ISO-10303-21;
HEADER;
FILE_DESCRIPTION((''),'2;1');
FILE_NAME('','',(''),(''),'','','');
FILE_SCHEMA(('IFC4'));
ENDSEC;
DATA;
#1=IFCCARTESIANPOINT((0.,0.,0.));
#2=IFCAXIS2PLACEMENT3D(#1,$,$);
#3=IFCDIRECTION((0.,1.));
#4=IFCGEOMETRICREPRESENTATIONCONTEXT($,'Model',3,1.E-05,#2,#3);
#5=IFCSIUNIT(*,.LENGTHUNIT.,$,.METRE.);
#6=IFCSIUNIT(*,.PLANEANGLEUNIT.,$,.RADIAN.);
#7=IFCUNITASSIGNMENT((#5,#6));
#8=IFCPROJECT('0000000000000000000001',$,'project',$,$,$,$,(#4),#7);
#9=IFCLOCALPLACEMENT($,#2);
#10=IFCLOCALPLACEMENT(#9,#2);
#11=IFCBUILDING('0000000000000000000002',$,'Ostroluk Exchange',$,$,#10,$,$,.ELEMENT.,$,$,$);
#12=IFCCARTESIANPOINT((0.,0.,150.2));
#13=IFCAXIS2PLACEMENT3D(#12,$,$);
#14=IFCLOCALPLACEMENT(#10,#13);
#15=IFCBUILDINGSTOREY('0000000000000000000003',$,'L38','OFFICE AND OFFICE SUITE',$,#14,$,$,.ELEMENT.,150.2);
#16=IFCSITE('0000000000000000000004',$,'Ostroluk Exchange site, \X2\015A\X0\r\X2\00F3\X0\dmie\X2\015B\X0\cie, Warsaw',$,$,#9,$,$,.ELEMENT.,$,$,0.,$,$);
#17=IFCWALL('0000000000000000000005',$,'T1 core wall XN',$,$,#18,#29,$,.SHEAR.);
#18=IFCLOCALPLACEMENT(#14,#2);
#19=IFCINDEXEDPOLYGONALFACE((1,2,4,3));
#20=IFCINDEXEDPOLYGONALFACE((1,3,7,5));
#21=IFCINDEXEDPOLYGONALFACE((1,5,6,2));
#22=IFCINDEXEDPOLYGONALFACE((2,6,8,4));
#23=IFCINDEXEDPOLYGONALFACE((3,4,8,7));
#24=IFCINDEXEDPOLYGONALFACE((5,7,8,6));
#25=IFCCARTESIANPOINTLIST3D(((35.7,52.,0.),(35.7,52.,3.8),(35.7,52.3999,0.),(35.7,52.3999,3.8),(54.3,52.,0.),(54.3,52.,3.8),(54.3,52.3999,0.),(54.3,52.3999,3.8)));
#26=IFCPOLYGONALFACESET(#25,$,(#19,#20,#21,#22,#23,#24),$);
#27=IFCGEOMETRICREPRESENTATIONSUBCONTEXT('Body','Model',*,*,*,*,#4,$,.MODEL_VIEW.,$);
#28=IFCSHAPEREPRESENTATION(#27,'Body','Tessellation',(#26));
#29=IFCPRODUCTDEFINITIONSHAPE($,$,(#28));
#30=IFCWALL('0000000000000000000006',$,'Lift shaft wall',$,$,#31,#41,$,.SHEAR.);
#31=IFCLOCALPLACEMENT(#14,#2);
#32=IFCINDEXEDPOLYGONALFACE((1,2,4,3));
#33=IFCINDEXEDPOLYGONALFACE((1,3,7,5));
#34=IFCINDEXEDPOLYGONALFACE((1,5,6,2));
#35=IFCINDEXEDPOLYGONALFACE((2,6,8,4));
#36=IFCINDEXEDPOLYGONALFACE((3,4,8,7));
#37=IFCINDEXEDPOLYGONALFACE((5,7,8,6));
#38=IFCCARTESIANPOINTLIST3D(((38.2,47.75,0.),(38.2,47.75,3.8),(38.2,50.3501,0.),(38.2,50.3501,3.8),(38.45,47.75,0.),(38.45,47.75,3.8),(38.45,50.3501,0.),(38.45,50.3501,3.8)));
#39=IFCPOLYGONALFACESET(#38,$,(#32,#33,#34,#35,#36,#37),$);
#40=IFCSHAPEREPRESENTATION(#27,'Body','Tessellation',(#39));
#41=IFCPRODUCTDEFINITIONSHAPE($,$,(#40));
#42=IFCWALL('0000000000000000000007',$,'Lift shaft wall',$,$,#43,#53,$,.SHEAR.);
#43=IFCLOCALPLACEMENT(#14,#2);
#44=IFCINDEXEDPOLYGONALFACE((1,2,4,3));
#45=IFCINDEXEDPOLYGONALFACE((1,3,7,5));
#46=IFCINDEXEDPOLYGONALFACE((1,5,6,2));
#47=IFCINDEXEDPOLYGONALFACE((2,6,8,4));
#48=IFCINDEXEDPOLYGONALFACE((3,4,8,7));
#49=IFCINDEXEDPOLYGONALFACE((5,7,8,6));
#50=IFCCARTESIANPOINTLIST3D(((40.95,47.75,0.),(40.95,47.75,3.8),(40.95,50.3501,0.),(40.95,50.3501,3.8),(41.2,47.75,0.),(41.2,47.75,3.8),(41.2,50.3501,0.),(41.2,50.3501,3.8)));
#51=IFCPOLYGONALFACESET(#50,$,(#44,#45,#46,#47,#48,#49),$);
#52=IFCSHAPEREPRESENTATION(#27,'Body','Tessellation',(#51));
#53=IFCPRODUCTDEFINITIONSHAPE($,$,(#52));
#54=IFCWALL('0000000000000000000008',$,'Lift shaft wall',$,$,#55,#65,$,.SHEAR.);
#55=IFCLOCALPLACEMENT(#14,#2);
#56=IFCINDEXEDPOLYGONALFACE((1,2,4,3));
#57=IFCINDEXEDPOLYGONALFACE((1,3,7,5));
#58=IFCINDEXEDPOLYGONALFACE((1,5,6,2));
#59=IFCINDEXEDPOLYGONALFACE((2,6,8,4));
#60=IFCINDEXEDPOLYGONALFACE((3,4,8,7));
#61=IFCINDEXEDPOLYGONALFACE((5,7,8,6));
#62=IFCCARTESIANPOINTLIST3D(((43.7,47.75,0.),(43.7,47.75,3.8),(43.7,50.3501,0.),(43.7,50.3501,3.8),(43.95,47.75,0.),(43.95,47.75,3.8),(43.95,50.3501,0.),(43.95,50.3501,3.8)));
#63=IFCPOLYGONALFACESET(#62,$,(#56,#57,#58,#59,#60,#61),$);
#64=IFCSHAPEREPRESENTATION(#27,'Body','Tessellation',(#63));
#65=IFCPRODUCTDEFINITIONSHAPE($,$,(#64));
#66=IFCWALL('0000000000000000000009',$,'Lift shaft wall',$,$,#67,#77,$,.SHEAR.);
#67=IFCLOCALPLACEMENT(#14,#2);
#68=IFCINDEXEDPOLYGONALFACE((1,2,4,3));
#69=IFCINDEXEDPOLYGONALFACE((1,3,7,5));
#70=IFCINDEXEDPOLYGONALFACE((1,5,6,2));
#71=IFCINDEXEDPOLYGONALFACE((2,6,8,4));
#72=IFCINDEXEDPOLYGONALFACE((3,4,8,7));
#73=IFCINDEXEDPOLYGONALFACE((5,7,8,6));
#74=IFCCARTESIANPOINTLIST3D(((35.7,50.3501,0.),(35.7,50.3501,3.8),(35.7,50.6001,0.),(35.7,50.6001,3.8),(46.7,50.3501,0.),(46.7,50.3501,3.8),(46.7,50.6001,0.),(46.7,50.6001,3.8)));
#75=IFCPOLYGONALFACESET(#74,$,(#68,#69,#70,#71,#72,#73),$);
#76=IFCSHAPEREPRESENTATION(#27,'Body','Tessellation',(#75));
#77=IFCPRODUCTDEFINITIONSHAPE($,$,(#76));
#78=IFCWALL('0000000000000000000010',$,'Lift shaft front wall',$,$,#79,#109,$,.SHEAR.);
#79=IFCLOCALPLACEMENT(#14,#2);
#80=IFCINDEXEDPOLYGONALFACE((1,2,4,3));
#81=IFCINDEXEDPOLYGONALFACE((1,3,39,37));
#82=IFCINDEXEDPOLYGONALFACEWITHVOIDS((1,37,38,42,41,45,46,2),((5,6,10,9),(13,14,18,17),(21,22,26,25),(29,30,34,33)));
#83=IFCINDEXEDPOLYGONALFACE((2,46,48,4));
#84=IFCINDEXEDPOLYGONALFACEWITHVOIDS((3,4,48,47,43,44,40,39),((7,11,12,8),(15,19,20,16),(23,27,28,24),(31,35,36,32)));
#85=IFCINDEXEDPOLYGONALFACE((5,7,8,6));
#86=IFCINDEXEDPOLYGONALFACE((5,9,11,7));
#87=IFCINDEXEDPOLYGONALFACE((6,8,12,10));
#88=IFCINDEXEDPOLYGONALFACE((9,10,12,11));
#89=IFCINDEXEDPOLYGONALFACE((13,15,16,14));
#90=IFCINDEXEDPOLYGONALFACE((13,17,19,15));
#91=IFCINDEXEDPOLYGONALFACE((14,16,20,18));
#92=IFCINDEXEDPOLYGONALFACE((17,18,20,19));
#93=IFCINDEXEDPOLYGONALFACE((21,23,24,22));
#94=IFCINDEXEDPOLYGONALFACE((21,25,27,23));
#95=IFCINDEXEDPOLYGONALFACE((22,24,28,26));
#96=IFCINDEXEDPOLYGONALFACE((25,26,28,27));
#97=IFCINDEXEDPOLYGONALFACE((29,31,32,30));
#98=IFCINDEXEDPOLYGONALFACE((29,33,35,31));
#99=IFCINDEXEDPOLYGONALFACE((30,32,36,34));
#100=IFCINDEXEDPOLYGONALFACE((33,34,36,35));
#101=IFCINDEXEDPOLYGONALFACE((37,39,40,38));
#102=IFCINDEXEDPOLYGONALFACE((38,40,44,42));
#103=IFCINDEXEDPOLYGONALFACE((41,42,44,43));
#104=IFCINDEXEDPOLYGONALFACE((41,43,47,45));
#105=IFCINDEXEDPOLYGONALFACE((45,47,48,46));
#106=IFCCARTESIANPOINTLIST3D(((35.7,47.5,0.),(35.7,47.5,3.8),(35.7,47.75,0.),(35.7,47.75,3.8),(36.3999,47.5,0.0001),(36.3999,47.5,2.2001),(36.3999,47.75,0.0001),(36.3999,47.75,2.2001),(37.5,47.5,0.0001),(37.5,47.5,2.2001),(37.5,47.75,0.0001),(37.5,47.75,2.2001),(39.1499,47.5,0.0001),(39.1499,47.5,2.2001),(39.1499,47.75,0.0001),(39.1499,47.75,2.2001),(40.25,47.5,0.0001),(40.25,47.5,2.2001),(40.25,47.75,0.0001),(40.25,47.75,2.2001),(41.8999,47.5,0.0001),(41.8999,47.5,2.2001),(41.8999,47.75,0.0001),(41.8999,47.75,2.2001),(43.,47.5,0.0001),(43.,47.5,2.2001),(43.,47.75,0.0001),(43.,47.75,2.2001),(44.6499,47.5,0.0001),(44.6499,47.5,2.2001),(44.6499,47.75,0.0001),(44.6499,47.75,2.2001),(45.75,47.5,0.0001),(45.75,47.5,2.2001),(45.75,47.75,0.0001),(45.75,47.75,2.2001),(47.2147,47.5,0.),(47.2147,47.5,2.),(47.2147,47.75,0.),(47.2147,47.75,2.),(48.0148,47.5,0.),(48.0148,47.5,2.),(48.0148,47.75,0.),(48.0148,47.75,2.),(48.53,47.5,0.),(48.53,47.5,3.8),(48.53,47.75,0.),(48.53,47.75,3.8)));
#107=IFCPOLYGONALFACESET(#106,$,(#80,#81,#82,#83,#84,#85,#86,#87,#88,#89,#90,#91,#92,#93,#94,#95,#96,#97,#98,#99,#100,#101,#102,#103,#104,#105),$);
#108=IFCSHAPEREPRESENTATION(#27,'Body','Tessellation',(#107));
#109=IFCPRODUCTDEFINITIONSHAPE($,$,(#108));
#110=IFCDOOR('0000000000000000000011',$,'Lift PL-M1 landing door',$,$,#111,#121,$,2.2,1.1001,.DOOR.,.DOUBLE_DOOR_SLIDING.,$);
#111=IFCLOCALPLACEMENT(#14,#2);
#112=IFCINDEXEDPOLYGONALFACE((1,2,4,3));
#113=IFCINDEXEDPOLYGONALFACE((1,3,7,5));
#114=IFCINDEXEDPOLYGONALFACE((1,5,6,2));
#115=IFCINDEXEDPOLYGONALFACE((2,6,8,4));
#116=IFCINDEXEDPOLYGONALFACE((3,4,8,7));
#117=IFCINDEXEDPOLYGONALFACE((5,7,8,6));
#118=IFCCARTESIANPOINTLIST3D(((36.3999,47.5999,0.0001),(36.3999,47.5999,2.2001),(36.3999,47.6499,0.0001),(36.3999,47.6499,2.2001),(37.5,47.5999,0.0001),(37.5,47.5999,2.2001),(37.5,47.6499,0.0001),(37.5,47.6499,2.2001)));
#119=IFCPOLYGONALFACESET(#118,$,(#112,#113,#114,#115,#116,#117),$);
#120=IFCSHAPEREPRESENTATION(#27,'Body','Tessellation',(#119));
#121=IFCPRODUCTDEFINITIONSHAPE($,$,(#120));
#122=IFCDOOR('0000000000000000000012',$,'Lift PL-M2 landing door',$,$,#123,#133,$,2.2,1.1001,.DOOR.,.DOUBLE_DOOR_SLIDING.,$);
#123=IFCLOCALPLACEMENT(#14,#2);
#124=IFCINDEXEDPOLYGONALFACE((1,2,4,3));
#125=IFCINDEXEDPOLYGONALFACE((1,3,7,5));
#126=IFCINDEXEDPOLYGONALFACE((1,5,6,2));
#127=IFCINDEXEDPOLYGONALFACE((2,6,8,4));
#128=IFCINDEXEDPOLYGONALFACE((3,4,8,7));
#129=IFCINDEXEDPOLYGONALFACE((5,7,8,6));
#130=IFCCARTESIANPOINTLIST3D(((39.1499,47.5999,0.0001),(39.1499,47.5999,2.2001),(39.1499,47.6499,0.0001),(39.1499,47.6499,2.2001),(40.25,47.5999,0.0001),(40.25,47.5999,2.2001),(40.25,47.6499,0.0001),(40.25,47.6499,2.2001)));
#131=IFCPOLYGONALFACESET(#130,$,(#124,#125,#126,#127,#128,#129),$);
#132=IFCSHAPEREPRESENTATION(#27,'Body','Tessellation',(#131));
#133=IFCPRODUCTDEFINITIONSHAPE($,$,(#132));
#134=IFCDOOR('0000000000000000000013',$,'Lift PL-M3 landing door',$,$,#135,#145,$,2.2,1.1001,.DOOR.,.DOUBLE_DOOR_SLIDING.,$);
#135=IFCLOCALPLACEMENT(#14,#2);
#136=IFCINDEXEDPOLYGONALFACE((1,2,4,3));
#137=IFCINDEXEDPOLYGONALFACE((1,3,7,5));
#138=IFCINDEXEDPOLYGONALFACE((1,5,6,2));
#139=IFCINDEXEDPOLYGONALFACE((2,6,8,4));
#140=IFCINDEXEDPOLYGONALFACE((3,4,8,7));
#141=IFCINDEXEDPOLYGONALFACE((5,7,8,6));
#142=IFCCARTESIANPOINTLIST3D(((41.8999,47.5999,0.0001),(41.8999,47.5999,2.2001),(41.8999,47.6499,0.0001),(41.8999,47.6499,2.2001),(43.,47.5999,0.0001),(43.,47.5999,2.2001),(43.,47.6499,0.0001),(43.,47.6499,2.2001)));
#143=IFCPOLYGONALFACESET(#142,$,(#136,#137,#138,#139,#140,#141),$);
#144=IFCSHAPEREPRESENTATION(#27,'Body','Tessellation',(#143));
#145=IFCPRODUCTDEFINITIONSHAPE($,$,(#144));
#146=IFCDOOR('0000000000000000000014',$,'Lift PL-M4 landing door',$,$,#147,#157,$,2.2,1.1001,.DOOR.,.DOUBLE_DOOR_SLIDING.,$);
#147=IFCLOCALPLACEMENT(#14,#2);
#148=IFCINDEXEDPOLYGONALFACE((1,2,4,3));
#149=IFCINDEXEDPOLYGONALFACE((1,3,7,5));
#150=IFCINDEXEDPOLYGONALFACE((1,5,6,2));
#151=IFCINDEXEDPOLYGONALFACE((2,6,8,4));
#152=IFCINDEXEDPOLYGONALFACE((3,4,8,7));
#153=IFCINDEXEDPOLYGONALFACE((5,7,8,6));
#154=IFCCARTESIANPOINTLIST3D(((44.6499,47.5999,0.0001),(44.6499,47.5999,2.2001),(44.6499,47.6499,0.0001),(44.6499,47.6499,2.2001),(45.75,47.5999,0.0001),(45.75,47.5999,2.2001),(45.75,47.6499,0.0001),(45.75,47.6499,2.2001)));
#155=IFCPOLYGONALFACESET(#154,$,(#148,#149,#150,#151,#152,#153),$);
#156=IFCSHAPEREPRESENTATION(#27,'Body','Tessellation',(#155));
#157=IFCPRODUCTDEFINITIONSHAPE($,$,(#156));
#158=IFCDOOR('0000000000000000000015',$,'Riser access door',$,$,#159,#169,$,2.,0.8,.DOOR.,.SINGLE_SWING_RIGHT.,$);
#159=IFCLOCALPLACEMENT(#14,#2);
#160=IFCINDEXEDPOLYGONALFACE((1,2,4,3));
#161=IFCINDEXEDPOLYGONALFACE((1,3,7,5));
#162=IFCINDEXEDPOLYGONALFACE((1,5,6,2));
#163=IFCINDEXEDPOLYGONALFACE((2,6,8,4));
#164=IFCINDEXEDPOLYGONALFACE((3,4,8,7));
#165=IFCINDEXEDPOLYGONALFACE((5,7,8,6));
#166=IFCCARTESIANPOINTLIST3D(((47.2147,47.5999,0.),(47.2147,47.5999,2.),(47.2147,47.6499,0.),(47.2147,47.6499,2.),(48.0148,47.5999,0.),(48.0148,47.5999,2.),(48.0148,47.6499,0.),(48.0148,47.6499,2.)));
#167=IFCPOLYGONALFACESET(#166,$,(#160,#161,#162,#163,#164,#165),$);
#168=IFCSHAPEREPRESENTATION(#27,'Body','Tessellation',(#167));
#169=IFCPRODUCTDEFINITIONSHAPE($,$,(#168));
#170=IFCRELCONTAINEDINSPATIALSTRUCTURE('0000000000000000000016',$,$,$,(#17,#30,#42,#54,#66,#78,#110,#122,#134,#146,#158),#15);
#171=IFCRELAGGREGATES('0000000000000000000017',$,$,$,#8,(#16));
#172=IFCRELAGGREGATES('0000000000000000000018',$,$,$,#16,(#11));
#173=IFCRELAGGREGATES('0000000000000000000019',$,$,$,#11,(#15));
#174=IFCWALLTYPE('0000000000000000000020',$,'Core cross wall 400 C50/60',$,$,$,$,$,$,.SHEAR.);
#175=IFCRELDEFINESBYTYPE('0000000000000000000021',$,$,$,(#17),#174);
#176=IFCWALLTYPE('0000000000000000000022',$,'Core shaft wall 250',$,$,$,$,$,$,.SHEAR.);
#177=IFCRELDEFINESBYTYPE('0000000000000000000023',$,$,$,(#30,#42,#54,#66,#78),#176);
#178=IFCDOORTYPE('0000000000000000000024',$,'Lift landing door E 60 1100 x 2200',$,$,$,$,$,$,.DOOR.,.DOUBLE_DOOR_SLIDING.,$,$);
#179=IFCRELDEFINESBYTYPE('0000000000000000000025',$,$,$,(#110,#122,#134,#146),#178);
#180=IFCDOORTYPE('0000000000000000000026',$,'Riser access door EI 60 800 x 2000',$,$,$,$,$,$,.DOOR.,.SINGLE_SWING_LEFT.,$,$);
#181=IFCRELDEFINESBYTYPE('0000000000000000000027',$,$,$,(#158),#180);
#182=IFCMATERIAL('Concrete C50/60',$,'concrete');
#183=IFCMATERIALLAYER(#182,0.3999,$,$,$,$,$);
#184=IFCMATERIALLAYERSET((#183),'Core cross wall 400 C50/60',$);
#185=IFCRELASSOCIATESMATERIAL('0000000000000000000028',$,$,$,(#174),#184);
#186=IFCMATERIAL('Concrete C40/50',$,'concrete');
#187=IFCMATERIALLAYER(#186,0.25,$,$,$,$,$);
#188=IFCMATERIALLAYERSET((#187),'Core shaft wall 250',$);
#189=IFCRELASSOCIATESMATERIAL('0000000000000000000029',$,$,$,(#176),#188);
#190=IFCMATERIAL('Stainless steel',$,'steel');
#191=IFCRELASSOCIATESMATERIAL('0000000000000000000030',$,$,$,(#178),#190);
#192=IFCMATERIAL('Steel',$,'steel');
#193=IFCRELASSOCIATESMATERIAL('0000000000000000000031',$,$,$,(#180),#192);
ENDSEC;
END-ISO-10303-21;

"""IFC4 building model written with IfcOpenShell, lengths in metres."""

from ifc_helpers import new_model, si_unit, direction, frame, frame_2d, origin, place, context, subcontext, project, spatial, rectangle, extrude, material, layer, layer_set, type_object, element, fill, save


model = new_model("IFC4")

# Units and contexts
model_context = context("Model", 3, precision=1e-05, world=origin(), true_north=direction((0.0, 1.0)))
body_context = subcontext(model_context, "Body", "Model", "MODEL_VIEW")
ifc_project = project(units=[si_unit("LENGTHUNIT", "METRE"), si_unit("PLANEANGLEUNIT", "RADIAN")], contexts=[model_context])

# Site, building, storey
site_placement = place(None, origin())
site = spatial("IfcSite", under=ifc_project, at=site_placement, Name="Ostroluk Exchange site, Śródmieście, Warsaw", CompositionType="ELEMENT", RefElevation=0.0)
building_placement = place(site_placement, origin())
building = spatial("IfcBuilding", under=site, at=building_placement, Name="Ostroluk Exchange", CompositionType="ELEMENT")
storey_placement = place(building_placement, frame((0.0, 0.0, 150.2)))
storey = spatial("IfcBuildingStorey", under=building, at=storey_placement, Name="L38", Description="OFFICE AND OFFICE SUITE", CompositionType="ELEMENT", Elevation=150.2)

# Walls
ifc_material_1 = material(Name="Concrete C50/60", Category="concrete")
ifc_layer_1 = layer(ifc_material_1, 0.3999)
ifc_layer_set_1 = layer_set([ifc_layer_1], Name="Core cross wall 400 C50/60")
wall_type_1 = type_object("IfcWallType", Name="Core cross wall 400 C50/60", PredefinedType="SHEAR", material=ifc_layer_set_1)
wall_1_placement = place(storey_placement, frame((35.7, 52.2, 0.0), z_axis=(0.0, 0.0, 1.0), x_axis=(1.0, 0.0, 0.0)))
element("IfcWall", 1, at=wall_1_placement, inside=storey, type_object=wall_type_1, Name="T1 core wall XN", PredefinedType="SHEAR", context=body_context, shape_type="SweptSolid", body=[
    extrude(rectangle(XDim=18.6001, YDim=0.3999, at=frame_2d((9.3, 0.0))), origin(), (0.0, 0.0, 1.0), 3.8),
])
ifc_material_2 = material(Name="Concrete C40/50", Category="concrete")
ifc_layer_2 = layer(ifc_material_2, 0.25)
ifc_layer_set_2 = layer_set([ifc_layer_2], Name="Core shaft wall 250")
wall_type_2 = type_object("IfcWallType", Name="Core shaft wall 250", PredefinedType="SHEAR", material=ifc_layer_set_2)
for number, where, z_axis, x_axis, name in (
    (2, (38.325, 47.75, 0.0), (0.0, 0.0, 1.0), (0.0, 1.0, 0.0), "Lift shaft wall"),
    (3, (41.075, 47.75, 0.0), (0.0, 0.0, 1.0), (0.0, 1.0, 0.0), "Lift shaft wall"),
    (4, (43.825, 47.75, 0.0), (0.0, 0.0, 1.0), (0.0, 1.0, 0.0), "Lift shaft wall"),
):
    element("IfcWall", number, at=place(storey_placement, frame(where, z_axis=z_axis, x_axis=x_axis)), inside=storey, type_object=wall_type_2, Name=name, PredefinedType="SHEAR", context=body_context, shape_type="SweptSolid", body=[
        extrude(rectangle(XDim=2.6001, YDim=0.25, at=frame_2d((1.3, 0.0))), origin(), (0.0, 0.0, 1.0), 3.8),
    ])
wall_2_placement = place(storey_placement, frame((35.7, 50.4751, 0.0), z_axis=(0.0, 0.0, 1.0), x_axis=(1.0, 0.0, 0.0)))
element("IfcWall", 5, at=wall_2_placement, inside=storey, type_object=wall_type_2, Name="Lift shaft wall", PredefinedType="SHEAR", context=body_context, shape_type="SweptSolid", body=[
    extrude(rectangle(XDim=11.0, YDim=0.25, at=frame_2d((5.5, 0.0))), origin(), (0.0, 0.0, 1.0), 3.8),
])

# Wall, openings, doors
wall_3_placement = place(storey_placement, frame((35.7, 47.625, 0.0), z_axis=(0.0, 0.0, 1.0), x_axis=(1.0, 0.0, 0.0)))
wall_3 = element("IfcWall", 6, at=wall_3_placement, inside=storey, type_object=wall_type_2, Name="Lift shaft front wall", PredefinedType="SHEAR", context=body_context, shape_type="SweptSolid", body=[
    extrude(rectangle(XDim=12.8301, YDim=0.25, at=frame_2d((6.415, 0.0))), origin(), (0.0, 0.0, 1.0), 3.8),
])
opening_1_placement = place(wall_3_placement, frame((0.7, 0.0, 0.0)))
opening_1 = element("IfcOpeningElement", 7, at=opening_1_placement, cuts=wall_3, PredefinedType="OPENING", context=body_context, shape_type="SweptSolid", body=[
    extrude(rectangle(XDim=1.1001, YDim=2.2, at=frame_2d((0.55, 1.1001))), frame((0.0, 0.135, 0.0), z_axis=(0.0, -1.0, 0.0), x_axis=(1.0, 0.0, 0.0)), (0.0, 0.0, 1.0), 0.27),
])
opening_2_placement = place(wall_3_placement, frame((3.45, 0.0, 0.0)))
opening_2 = element("IfcOpeningElement", 8, at=opening_2_placement, cuts=wall_3, PredefinedType="OPENING", context=body_context, shape_type="SweptSolid", body=[
    extrude(rectangle(XDim=1.1001, YDim=2.2, at=frame_2d((0.55, 1.1001))), frame((0.0, 0.135, 0.0), z_axis=(0.0, -1.0, 0.0), x_axis=(1.0, 0.0, 0.0)), (0.0, 0.0, 1.0), 0.27),
])
opening_3_placement = place(wall_3_placement, frame((6.2, 0.0, 0.0)))
opening_3 = element("IfcOpeningElement", 9, at=opening_3_placement, cuts=wall_3, PredefinedType="OPENING", context=body_context, shape_type="SweptSolid", body=[
    extrude(rectangle(XDim=1.1001, YDim=2.2, at=frame_2d((0.55, 1.1001))), frame((0.0, 0.135, 0.0), z_axis=(0.0, -1.0, 0.0), x_axis=(1.0, 0.0, 0.0)), (0.0, 0.0, 1.0), 0.27),
])
opening_4_placement = place(wall_3_placement, frame((8.95, 0.0, 0.0)))
opening_4 = element("IfcOpeningElement", 10, at=opening_4_placement, cuts=wall_3, PredefinedType="OPENING", context=body_context, shape_type="SweptSolid", body=[
    extrude(rectangle(XDim=1.1001, YDim=2.2, at=frame_2d((0.55, 1.1001))), frame((0.0, 0.135, 0.0), z_axis=(0.0, -1.0, 0.0), x_axis=(1.0, 0.0, 0.0)), (0.0, 0.0, 1.0), 0.27),
])
opening_5_placement = place(wall_3_placement, frame((11.5149, 0.0, 0.0)))
opening_5 = element("IfcOpeningElement", 11, at=opening_5_placement, cuts=wall_3, PredefinedType="OPENING", context=body_context, shape_type="SweptSolid", body=[
    extrude(rectangle(XDim=0.8, YDim=2.0, at=frame_2d((0.3999, 1.0))), frame((0.0, 0.135, 0.0), z_axis=(0.0, -1.0, 0.0), x_axis=(1.0, 0.0, 0.0)), (0.0, 0.0, 1.0), 0.27),
])
ifc_material_3 = material(Name="Stainless steel", Category="steel")
door_type_1 = type_object("IfcDoorType", Name="Lift landing door E 60 1100 x 2200", OperationType="DOUBLE_DOOR_SLIDING", PredefinedType="DOOR", material=ifc_material_3)
door_1_placement = place(opening_1_placement, origin())
door_1 = element("IfcDoor", 12, at=door_1_placement, inside=storey, type_object=door_type_1, Name="Lift PL-M1 landing door", OperationType="DOUBLE_DOOR_SLIDING", OverallHeight=2.2, OverallWidth=1.1001, PredefinedType="DOOR", context=body_context, shape_type="SweptSolid", body=[
    extrude(rectangle(XDim=1.1001, YDim=2.2, at=frame_2d((0.55, 1.1001))), frame((0.0, 0.0249, 0.0), z_axis=(0.0, -1.0, 0.0), x_axis=(1.0, 0.0, 0.0)), (0.0, 0.0, 1.0), 0.05),
])
fill(opening_1, door_1)
door_2_placement = place(opening_2_placement, origin())
door_2 = element("IfcDoor", 13, at=door_2_placement, inside=storey, type_object=door_type_1, Name="Lift PL-M2 landing door", OperationType="DOUBLE_DOOR_SLIDING", OverallHeight=2.2, OverallWidth=1.1001, PredefinedType="DOOR", context=body_context, shape_type="SweptSolid", body=[
    extrude(rectangle(XDim=1.1001, YDim=2.2, at=frame_2d((0.55, 1.1001))), frame((0.0, 0.0249, 0.0), z_axis=(0.0, -1.0, 0.0), x_axis=(1.0, 0.0, 0.0)), (0.0, 0.0, 1.0), 0.05),
])
fill(opening_2, door_2)
door_3_placement = place(opening_3_placement, origin())
door_3 = element("IfcDoor", 14, at=door_3_placement, inside=storey, type_object=door_type_1, Name="Lift PL-M3 landing door", OperationType="DOUBLE_DOOR_SLIDING", OverallHeight=2.2, OverallWidth=1.1001, PredefinedType="DOOR", context=body_context, shape_type="SweptSolid", body=[
    extrude(rectangle(XDim=1.1001, YDim=2.2, at=frame_2d((0.55, 1.1001))), frame((0.0, 0.0249, 0.0), z_axis=(0.0, -1.0, 0.0), x_axis=(1.0, 0.0, 0.0)), (0.0, 0.0, 1.0), 0.05),
])
fill(opening_3, door_3)
door_4_placement = place(opening_4_placement, origin())
door_4 = element("IfcDoor", 15, at=door_4_placement, inside=storey, type_object=door_type_1, Name="Lift PL-M4 landing door", OperationType="DOUBLE_DOOR_SLIDING", OverallHeight=2.2, OverallWidth=1.1001, PredefinedType="DOOR", context=body_context, shape_type="SweptSolid", body=[
    extrude(rectangle(XDim=1.1001, YDim=2.2, at=frame_2d((0.55, 1.1001))), frame((0.0, 0.0249, 0.0), z_axis=(0.0, -1.0, 0.0), x_axis=(1.0, 0.0, 0.0)), (0.0, 0.0, 1.0), 0.05),
])
fill(opening_4, door_4)
ifc_material_4 = material(Name="Steel", Category="steel")
door_type_2 = type_object("IfcDoorType", Name="Riser access door EI 60 800 x 2000", OperationType="SINGLE_SWING_LEFT", PredefinedType="DOOR", material=ifc_material_4)
door_5_placement = place(opening_5_placement, origin())
door_5 = element("IfcDoor", 16, at=door_5_placement, inside=storey, type_object=door_type_2, Name="Riser access door", OperationType="SINGLE_SWING_RIGHT", OverallHeight=2.0, OverallWidth=0.8, PredefinedType="DOOR", context=body_context, shape_type="SweptSolid", body=[
    extrude(rectangle(XDim=0.8, YDim=2.0, at=frame_2d((0.3999, 1.0))), frame((0.0, 0.0249, 0.0), z_axis=(0.0, -1.0, 0.0), x_axis=(1.0, 0.0, 0.0)), (0.0, 0.0, 1.0), 0.05),
])
fill(opening_5, door_5)

save(model, "model.ifc")
